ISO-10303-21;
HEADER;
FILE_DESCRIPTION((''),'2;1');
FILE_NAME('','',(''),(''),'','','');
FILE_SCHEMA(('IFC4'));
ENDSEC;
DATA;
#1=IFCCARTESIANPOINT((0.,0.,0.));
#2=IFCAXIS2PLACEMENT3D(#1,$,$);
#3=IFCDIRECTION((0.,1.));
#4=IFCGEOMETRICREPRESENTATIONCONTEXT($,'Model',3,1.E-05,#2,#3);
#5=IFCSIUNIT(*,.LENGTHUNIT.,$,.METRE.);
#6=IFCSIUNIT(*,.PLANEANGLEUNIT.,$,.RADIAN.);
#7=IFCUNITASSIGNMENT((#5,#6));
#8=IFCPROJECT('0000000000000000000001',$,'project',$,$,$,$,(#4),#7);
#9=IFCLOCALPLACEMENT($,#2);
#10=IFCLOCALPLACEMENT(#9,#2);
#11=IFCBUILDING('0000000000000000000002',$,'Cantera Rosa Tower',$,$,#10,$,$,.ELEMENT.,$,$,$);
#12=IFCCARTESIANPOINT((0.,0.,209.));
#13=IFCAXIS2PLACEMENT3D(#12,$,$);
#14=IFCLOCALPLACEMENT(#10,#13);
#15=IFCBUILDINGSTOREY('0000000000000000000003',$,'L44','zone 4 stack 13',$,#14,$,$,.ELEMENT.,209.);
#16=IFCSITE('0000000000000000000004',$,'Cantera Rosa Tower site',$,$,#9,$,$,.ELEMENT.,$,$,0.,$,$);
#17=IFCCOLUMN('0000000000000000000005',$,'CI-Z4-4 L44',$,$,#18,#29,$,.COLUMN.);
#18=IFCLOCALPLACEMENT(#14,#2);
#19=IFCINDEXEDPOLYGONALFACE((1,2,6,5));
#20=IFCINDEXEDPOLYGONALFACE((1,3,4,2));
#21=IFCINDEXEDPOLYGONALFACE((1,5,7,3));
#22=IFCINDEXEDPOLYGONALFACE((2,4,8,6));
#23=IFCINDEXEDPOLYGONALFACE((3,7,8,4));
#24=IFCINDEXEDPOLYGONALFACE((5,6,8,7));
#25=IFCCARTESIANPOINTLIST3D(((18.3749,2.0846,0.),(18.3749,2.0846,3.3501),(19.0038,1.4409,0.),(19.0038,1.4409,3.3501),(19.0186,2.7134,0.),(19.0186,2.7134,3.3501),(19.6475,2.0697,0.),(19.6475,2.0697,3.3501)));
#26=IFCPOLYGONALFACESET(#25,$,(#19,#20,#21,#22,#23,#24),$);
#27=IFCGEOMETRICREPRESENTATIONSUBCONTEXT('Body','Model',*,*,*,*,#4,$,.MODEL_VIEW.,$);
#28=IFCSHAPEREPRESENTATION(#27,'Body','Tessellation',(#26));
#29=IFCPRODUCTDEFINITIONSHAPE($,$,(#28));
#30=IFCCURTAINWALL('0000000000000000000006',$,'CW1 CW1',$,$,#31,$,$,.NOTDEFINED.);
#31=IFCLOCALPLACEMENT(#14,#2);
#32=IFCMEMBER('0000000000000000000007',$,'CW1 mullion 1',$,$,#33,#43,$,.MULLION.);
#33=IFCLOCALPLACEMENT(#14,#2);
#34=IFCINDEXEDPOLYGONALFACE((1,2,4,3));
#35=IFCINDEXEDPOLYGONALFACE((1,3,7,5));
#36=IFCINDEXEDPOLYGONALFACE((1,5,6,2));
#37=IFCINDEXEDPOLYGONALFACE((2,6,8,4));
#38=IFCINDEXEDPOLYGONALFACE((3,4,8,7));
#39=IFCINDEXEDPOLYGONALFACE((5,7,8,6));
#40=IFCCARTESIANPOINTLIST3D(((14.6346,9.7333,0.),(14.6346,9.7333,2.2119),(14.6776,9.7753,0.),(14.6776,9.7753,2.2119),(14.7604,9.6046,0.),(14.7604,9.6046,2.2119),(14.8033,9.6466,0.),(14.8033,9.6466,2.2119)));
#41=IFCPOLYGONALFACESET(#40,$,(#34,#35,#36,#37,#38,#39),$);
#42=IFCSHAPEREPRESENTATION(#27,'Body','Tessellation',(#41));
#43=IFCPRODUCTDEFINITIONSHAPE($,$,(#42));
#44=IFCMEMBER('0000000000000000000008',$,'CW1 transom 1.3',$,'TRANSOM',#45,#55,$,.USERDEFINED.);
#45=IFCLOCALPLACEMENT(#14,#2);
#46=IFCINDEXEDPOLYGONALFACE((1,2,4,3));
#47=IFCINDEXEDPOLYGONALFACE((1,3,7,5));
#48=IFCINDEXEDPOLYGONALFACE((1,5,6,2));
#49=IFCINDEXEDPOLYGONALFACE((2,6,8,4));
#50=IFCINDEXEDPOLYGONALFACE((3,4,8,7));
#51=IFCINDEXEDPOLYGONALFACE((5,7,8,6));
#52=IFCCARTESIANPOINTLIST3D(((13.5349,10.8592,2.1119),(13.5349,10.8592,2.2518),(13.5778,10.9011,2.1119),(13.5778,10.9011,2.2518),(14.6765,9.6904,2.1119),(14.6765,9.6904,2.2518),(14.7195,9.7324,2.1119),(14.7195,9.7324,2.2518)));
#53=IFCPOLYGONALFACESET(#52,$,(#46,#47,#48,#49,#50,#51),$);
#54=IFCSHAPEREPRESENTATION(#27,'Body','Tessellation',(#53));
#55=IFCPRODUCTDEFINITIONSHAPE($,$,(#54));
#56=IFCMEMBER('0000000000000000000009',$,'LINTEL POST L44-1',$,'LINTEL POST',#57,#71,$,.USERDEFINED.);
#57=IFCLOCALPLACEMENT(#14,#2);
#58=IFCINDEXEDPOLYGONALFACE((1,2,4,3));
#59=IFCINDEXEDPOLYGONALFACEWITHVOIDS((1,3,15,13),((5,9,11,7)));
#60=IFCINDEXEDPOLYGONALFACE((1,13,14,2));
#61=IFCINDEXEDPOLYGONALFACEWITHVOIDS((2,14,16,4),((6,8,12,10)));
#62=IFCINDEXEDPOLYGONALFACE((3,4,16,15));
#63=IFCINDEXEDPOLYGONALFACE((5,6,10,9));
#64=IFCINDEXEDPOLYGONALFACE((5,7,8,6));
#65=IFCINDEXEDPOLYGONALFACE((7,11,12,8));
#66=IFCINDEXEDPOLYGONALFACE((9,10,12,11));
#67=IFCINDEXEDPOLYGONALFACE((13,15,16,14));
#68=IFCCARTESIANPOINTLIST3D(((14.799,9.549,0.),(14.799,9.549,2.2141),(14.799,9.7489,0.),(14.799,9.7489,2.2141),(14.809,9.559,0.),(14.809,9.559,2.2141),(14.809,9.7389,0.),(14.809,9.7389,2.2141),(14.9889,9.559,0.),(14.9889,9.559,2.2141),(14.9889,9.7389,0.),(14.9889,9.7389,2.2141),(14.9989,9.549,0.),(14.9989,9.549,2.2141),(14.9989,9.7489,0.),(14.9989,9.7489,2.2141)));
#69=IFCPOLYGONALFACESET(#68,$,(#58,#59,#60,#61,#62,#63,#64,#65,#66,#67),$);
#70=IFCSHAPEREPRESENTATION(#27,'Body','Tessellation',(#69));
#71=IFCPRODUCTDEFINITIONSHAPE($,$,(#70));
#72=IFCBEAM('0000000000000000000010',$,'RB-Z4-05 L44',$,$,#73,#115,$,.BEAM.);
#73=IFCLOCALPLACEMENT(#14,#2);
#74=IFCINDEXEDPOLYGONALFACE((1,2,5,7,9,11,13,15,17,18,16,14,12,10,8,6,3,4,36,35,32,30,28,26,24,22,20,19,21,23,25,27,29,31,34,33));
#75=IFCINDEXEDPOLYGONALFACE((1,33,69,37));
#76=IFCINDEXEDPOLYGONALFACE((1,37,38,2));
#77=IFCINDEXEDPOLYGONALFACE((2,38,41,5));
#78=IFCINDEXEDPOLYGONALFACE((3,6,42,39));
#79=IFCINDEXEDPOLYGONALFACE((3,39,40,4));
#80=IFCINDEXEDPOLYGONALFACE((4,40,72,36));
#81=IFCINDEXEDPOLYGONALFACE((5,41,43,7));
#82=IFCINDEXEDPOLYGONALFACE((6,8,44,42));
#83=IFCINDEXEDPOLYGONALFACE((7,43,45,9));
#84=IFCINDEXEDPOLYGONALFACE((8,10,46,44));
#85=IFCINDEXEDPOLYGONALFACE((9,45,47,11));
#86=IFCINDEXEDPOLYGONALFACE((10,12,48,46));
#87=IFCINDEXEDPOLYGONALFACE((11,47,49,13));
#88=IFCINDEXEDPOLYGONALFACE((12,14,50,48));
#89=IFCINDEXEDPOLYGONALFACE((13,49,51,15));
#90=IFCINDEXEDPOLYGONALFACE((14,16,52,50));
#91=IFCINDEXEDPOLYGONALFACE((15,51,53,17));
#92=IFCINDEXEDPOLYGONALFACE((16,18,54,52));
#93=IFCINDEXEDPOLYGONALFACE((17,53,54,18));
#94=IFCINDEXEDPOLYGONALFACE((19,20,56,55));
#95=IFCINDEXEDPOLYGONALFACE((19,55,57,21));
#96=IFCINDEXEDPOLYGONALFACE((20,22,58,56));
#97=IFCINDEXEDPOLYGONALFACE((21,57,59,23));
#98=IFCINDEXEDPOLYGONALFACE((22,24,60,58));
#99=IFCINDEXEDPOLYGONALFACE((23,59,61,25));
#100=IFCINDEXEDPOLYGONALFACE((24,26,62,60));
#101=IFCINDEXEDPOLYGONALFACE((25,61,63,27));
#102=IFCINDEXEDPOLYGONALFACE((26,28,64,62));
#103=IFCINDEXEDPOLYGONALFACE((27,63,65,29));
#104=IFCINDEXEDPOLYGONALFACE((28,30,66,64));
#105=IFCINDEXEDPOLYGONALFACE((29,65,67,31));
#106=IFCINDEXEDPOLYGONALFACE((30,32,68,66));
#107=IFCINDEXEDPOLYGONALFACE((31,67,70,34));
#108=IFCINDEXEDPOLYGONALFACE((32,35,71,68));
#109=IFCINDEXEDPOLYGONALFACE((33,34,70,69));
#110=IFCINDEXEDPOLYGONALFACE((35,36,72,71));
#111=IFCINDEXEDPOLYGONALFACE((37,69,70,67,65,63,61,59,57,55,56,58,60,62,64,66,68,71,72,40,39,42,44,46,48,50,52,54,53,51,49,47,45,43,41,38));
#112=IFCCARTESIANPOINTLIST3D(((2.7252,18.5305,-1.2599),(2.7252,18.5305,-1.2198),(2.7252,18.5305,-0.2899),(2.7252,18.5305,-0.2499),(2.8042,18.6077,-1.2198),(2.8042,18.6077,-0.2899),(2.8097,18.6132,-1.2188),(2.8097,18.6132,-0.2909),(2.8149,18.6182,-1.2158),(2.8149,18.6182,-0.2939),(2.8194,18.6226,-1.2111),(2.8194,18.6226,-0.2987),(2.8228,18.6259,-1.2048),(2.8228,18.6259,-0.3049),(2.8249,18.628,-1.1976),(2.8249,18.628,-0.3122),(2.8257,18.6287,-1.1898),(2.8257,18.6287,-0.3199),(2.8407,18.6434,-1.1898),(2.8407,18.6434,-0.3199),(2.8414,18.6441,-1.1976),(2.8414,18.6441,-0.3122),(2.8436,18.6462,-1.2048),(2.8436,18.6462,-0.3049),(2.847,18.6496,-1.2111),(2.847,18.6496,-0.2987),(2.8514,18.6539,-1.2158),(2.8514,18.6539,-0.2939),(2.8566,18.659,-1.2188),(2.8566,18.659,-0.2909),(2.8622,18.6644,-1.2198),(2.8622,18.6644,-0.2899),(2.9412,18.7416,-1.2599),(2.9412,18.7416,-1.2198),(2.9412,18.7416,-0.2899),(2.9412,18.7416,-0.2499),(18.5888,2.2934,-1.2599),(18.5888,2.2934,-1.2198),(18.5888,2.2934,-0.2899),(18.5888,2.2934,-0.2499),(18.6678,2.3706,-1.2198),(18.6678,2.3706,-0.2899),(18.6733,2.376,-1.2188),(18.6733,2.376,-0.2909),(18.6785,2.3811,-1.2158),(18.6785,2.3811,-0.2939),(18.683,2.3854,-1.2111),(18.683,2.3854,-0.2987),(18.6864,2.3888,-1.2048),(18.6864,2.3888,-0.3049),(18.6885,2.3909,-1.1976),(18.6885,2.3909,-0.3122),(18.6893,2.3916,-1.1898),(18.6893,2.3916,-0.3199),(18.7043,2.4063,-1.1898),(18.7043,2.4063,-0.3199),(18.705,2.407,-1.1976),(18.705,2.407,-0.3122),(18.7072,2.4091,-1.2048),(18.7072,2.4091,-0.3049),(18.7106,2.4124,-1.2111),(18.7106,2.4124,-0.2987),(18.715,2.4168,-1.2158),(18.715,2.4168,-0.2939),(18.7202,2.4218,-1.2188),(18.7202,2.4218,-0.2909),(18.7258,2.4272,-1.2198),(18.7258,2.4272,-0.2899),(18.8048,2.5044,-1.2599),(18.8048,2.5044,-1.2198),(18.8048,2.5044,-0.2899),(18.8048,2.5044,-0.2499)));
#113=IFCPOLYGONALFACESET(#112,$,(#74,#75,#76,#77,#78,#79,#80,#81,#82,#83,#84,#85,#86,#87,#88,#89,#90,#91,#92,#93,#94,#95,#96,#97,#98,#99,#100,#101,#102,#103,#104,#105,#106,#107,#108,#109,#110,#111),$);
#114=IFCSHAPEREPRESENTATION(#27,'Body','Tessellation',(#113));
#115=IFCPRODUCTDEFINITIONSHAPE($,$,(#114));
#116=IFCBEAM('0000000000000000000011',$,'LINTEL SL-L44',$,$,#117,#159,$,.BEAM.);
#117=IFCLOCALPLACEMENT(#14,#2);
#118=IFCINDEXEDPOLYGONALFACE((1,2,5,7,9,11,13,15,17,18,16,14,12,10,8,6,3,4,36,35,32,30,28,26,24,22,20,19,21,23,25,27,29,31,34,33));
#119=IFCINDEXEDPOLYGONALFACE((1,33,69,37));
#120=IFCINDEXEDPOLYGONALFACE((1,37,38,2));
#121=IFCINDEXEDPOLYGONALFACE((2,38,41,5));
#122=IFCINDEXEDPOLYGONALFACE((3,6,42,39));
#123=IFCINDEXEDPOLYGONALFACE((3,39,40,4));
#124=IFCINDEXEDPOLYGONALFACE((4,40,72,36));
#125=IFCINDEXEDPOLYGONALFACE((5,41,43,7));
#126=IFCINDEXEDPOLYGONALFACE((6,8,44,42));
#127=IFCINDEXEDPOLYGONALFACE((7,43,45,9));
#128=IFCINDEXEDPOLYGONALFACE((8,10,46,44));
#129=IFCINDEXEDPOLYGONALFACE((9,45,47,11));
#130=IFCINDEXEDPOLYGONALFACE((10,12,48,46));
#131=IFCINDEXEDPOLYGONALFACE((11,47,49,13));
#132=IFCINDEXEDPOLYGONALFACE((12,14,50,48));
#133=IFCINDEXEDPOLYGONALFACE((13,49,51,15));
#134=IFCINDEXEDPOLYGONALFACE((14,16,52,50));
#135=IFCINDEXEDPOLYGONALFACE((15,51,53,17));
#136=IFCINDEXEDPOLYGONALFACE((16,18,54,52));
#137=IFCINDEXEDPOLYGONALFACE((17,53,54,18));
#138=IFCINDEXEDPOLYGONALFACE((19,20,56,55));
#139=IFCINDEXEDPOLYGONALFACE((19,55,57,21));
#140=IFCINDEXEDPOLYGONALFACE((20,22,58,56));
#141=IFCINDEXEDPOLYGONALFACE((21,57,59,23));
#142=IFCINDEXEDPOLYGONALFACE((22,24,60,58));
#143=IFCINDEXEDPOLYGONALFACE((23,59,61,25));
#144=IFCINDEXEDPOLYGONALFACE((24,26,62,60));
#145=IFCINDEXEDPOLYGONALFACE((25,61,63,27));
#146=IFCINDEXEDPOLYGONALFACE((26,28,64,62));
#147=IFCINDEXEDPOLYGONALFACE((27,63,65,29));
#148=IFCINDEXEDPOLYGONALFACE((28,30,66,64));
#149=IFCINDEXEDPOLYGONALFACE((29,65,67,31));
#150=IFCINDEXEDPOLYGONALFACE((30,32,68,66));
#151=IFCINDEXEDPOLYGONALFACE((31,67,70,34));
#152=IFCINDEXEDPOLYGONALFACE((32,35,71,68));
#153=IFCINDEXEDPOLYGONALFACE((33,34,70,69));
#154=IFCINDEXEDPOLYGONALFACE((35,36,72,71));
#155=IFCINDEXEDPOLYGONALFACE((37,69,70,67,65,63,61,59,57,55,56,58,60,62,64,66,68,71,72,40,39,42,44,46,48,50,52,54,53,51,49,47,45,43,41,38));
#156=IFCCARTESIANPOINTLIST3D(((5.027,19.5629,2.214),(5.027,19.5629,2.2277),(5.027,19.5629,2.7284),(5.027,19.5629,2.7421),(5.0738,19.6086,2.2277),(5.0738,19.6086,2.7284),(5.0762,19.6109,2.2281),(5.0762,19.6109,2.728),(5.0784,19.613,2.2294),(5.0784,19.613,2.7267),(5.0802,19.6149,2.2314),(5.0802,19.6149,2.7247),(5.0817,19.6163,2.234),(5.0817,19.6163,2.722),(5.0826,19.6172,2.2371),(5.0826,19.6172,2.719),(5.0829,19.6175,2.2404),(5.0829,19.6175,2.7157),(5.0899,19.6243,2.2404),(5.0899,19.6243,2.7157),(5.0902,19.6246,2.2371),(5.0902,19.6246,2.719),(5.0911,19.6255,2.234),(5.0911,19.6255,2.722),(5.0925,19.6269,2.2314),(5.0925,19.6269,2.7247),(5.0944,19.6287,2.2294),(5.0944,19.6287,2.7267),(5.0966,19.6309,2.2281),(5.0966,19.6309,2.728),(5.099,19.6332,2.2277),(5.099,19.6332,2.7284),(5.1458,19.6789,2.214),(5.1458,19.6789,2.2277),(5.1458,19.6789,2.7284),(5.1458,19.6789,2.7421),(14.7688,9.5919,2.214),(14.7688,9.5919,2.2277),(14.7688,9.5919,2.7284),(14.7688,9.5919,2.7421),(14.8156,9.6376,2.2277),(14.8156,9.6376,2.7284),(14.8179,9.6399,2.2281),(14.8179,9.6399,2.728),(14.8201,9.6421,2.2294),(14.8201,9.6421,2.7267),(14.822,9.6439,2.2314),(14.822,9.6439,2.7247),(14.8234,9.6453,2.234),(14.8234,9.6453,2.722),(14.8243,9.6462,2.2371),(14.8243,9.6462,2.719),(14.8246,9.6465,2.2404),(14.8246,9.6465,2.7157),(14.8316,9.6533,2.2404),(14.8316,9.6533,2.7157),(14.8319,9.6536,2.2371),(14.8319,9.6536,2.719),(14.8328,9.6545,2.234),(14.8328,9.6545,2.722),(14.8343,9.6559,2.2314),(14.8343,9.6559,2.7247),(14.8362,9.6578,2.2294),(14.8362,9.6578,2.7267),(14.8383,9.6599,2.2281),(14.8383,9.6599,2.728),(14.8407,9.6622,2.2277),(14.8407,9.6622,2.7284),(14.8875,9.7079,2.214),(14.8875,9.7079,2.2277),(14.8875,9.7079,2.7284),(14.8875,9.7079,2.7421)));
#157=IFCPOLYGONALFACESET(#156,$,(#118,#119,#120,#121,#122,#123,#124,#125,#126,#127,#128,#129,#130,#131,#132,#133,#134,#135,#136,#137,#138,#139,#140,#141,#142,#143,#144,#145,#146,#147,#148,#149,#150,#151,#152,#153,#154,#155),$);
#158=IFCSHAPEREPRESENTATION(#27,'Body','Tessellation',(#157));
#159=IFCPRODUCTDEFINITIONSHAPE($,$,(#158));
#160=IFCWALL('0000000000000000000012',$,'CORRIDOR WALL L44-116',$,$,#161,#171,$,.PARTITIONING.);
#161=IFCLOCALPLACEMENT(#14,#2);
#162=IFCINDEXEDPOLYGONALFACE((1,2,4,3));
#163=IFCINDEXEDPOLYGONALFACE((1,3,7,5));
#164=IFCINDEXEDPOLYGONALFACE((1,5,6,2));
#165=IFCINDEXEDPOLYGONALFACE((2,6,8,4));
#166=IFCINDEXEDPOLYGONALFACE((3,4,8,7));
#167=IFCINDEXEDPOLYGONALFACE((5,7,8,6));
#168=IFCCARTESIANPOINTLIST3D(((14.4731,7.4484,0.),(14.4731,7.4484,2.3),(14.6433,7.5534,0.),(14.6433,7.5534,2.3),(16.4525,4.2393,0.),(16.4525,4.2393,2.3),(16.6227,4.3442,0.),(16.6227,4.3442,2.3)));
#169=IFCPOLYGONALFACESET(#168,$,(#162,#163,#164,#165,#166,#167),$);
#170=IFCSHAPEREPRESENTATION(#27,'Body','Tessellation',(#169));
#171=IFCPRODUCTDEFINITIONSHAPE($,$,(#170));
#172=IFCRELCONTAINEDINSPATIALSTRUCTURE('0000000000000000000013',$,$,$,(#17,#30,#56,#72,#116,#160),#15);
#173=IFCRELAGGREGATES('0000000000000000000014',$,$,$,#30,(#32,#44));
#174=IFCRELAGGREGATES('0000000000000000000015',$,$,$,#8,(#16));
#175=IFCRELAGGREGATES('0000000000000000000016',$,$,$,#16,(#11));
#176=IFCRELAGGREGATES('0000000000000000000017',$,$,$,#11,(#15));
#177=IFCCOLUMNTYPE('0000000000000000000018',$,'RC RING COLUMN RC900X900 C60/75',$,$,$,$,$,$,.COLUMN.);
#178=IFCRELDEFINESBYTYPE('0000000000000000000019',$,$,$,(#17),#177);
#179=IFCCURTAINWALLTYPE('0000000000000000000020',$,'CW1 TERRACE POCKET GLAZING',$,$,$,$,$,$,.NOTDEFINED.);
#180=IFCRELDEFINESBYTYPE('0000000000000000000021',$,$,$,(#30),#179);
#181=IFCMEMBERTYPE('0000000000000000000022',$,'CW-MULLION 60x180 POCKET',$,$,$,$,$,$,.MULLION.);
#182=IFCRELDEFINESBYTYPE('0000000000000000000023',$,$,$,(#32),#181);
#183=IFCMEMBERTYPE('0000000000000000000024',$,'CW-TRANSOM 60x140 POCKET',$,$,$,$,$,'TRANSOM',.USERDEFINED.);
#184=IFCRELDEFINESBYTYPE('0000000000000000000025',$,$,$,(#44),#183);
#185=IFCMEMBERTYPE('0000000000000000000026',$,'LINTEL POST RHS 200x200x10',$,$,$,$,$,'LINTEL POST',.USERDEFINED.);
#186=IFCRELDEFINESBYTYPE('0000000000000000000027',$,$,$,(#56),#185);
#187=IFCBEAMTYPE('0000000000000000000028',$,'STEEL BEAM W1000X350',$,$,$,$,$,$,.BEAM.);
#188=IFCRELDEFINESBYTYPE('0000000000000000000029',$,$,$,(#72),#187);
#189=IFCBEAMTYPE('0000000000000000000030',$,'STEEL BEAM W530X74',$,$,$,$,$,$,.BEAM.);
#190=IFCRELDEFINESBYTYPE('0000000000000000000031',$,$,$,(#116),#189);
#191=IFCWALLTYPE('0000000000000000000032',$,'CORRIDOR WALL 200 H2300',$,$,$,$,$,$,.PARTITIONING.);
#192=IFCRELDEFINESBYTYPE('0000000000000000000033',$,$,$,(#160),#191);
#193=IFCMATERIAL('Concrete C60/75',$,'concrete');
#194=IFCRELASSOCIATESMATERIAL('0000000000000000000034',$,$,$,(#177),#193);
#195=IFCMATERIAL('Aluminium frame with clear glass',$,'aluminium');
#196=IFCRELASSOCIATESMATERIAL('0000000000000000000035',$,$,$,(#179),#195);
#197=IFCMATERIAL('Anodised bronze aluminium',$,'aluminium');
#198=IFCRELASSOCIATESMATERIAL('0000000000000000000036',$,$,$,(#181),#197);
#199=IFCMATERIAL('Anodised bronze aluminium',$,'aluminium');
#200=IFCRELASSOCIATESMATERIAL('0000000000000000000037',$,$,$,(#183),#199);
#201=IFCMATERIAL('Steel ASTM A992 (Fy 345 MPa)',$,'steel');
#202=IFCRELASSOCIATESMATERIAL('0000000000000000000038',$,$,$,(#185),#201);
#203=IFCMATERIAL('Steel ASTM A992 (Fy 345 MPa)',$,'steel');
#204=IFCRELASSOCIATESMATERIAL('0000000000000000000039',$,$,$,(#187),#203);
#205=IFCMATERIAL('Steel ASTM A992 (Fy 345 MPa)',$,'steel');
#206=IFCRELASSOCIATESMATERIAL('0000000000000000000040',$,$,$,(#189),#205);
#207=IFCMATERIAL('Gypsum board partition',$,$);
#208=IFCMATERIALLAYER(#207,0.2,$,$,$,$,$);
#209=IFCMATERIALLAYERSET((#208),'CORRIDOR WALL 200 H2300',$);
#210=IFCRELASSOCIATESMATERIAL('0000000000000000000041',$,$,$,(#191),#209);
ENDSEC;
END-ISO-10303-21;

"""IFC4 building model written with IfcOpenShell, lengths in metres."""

from ifc_helpers import new_model, si_unit, direction, frame, frame_2d, origin, origin_2d, place, context, subcontext, project, spatial, rectangle, hollow_rectangle, i_section, extrude, material, layer, layer_set, material_profile, profile_set, type_object, element, aggregate, save


model = new_model("IFC4")

# Units and contexts
model_context = context("Model", 3, precision=1e-05, world=origin(), true_north=direction((0.0, 1.0)))
body_context = subcontext(model_context, "Body", "Model", "MODEL_VIEW")
ifc_project = project(units=[si_unit("LENGTHUNIT", "METRE"), si_unit("PLANEANGLEUNIT", "RADIAN")], contexts=[model_context])

# Site, building, storey
site_placement = place(None, origin())
site = spatial("IfcSite", under=ifc_project, at=site_placement, Name="Cantera Rosa Tower site", CompositionType="ELEMENT", RefElevation=0.0)
building_placement = place(site_placement, origin())
building = spatial("IfcBuilding", under=site, at=building_placement, Name="Cantera Rosa Tower", CompositionType="ELEMENT")
storey_placement = place(building_placement, frame((0.0, 0.0, 209.0)))
storey = spatial("IfcBuildingStorey", under=building, at=storey_placement, Name="L44", Description="zone 4 stack 13", CompositionType="ELEMENT", Elevation=209.0)

# Column
ifc_material_1 = material(Name="Concrete C60/75", Category="concrete")
ifc_material_profile_1 = material_profile(ifc_material_1, rectangle(XDim=0.8999, YDim=0.8999, at=origin_2d()), Name="RC RING COLUMN RC900X900 C60/75")
ifc_profile_set_1 = profile_set([ifc_material_profile_1], Name="Concrete C60/75")
column_type = type_object("IfcColumnType", Name="RC RING COLUMN RC900X900 C60/75", PredefinedType="COLUMN", material=ifc_profile_set_1)
column_placement = place(storey_placement, frame((19.0112, 2.0771, 0.0), z_axis=(0.0, 0.0, 1.0), x_axis=(0.715286, 0.698832, 0.0)))
element("IfcColumn", 1, at=column_placement, inside=storey, type_object=column_type, Name="CI-Z4-4 L44", PredefinedType="COLUMN", context=body_context, shape_type="SweptSolid", body=[
    extrude(rectangle(XDim=0.8999, YDim=0.8999, at=origin_2d()), origin(), (0.0, 0.0, 1.0), 3.3501),
])

# Curtain wall, members
ifc_material_2 = material(Name="Aluminium frame with clear glass", Category="aluminium")
curtain_wall_type = type_object("IfcCurtainWallType", Name="CW1 TERRACE POCKET GLAZING", PredefinedType="NOTDEFINED", material=ifc_material_2)
curtain_wall_placement = place(storey_placement, origin())
curtain_wall = element("IfcCurtainWall", 2, at=curtain_wall_placement, inside=storey, type_object=curtain_wall_type, Name="CW1 CW1", PredefinedType="NOTDEFINED")
ifc_material_3 = material(Name="Anodised bronze aluminium", Category="aluminium")
ifc_material_profile_2 = material_profile(ifc_material_3, rectangle(XDim=0.0601, YDim=0.1799, at=origin_2d()), Name="CW-MULLION 60x180 POCKET")
ifc_profile_set_2 = profile_set([ifc_material_profile_2], Name="Anodised bronze aluminium")
member_type_1 = type_object("IfcMemberType", Name="CW-MULLION 60x180 POCKET", PredefinedType="MULLION", material=ifc_profile_set_2)
member_1_placement = place(storey_placement, frame((14.719, 9.6899, 0.0), z_axis=(0.0, 0.0, 1.0), x_axis=(-0.715286, -0.698832, 0.0)))
member_1 = element("IfcMember", 3, at=member_1_placement, type_object=member_type_1, Name="CW1 mullion 1", PredefinedType="MULLION", context=body_context, shape_type="SweptSolid", body=[
    extrude(rectangle(XDim=0.0601, YDim=0.1799, at=origin_2d()), origin(), (0.0, 0.0, 1.0), 2.2119),
])
ifc_material_4 = material(Name="Anodised bronze aluminium", Category="aluminium")
ifc_material_profile_3 = material_profile(ifc_material_4, rectangle(XDim=0.0601, YDim=0.1399, at=origin_2d()), Name="CW-TRANSOM 60x140 POCKET")
ifc_profile_set_3 = profile_set([ifc_material_profile_3], Name="Anodised bronze aluminium")
member_type_2 = type_object("IfcMemberType", Name="CW-TRANSOM 60x140 POCKET", ElementType="TRANSOM", PredefinedType="USERDEFINED", material=ifc_profile_set_3)
member_2_placement = place(storey_placement, frame((14.698, 9.7114, 2.1819), z_axis=(-0.698764, 0.715352, 0.0), x_axis=(-0.715352, -0.698764, 0.0)))
member_2 = element("IfcMember", 4, at=member_2_placement, type_object=member_type_2, Name="CW1 transom 1.3", ObjectType="TRANSOM", PredefinedType="USERDEFINED", context=body_context, shape_type="SweptSolid", body=[
    extrude(rectangle(XDim=0.0601, YDim=0.1399, at=origin_2d()), origin(), (0.0, 0.0, 1.0), 1.6338),
])
aggregate(curtain_wall, [member_1, member_2])

# Member
ifc_material_5 = material(Name="Steel ASTM A992 (Fy 345 MPa)", Category="steel")
ifc_material_profile_4 = material_profile(ifc_material_5, hollow_rectangle(XDim=0.2, YDim=0.2, WallThickness=0.01, at=origin_2d()), Name="LINTEL POST RHS 200x200x10")
ifc_profile_set_4 = profile_set([ifc_material_profile_4], Name="Steel ASTM A992 (Fy 345 MPa)")
member_type_3 = type_object("IfcMemberType", Name="LINTEL POST RHS 200x200x10", ElementType="LINTEL POST", PredefinedType="USERDEFINED", material=ifc_profile_set_4)
member_3_placement = place(storey_placement, frame((14.8989, 9.6489, 0.0), z_axis=(0.0, 0.0, 1.0), x_axis=(1.0, 0.0, 0.0)))
element("IfcMember", 5, at=member_3_placement, inside=storey, type_object=member_type_3, Name="LINTEL POST L44-1", ObjectType="LINTEL POST", PredefinedType="USERDEFINED", context=body_context, shape_type="SweptSolid", body=[
    extrude(hollow_rectangle(XDim=0.2, YDim=0.2, WallThickness=0.01, at=origin_2d()), origin(), (0.0, 0.0, 1.0), 2.2141),
])

# Beams
ifc_material_6 = material(Name="Steel ASTM A992 (Fy 345 MPa)", Category="steel")
ifc_material_profile_5 = material_profile(ifc_material_6, i_section(OverallWidth=0.302, OverallDepth=1.01, WebThickness=0.021, FlangeThickness=0.04, FilletRadius=0.03, at=origin_2d()), Name="W1000X350")
ifc_profile_set_5 = profile_set([ifc_material_profile_5], Name="Steel ASTM A992 (Fy 345 MPa)")
beam_type_1 = type_object("IfcBeamType", Name="STEEL BEAM W1000X350", PredefinedType="BEAM", material=ifc_profile_set_5)
beam_1_placement = place(storey_placement, frame((18.6968, 2.3989, -0.7549), z_axis=(-0.698831, 0.715287, 0.0), x_axis=(-0.715287, -0.698831, 0.0)))
element("IfcBeam", 6, at=beam_1_placement, inside=storey, type_object=beam_type_1, Name="RB-Z4-05 L44", PredefinedType="BEAM", context=body_context, shape_type="SweptSolid", body=[
    extrude(i_section(OverallWidth=0.302, OverallDepth=1.01, WebThickness=0.021, FlangeThickness=0.04, FilletRadius=0.03, at=origin_2d()), origin(), (0.0, 0.0, 1.0), 22.7002),
])
ifc_material_7 = material(Name="Steel ASTM A992 (Fy 345 MPa)", Category="steel")
ifc_material_profile_6 = material_profile(ifc_material_7, i_section(OverallWidth=0.166, OverallDepth=0.5281, WebThickness=0.0098, FlangeThickness=0.0137, FilletRadius=0.0127, at=origin_2d()), Name="W530X74")
ifc_profile_set_6 = profile_set([ifc_material_profile_6], Name="Steel ASTM A992 (Fy 345 MPa)")
beam_type_2 = type_object("IfcBeamType", Name="STEEL BEAM W530X74", PredefinedType="BEAM", material=ifc_profile_set_6)
beam_2_placement = place(storey_placement, frame((14.8281, 9.6499, 2.478), z_axis=(-0.698836, 0.715282, 0.0), x_axis=(-0.715282, -0.698836, 0.0)))
element("IfcBeam", 7, at=beam_2_placement, inside=storey, type_object=beam_type_2, Name="LINTEL SL-L44", PredefinedType="BEAM", context=body_context, shape_type="SweptSolid", body=[
    extrude(i_section(OverallWidth=0.166, OverallDepth=0.5281, WebThickness=0.0098, FlangeThickness=0.0137, FilletRadius=0.0127, at=origin_2d()), origin(), (0.0, 0.0, 1.0), 13.9399),
])

# Wall
ifc_material_8 = material(Name="Gypsum board partition")
ifc_layer_1 = layer(ifc_material_8, 0.2)
ifc_layer_set_1 = layer_set([ifc_layer_1], Name="CORRIDOR WALL 200 H2300")
wall_type_1 = type_object("IfcWallType", Name="CORRIDOR WALL 200 H2300", PredefinedType="PARTITIONING", material=ifc_layer_set_1)
wall_1_placement = place(storey_placement, frame((16.5376, 4.2917, 0.0), z_axis=(0.0, 0.0, 1.0), x_axis=(-0.524979, 0.851115, 0.0)))
element("IfcWall", 8, at=wall_1_placement, inside=storey, type_object=wall_type_1, Name="CORRIDOR WALL L44-116", PredefinedType="PARTITIONING", context=body_context, shape_type="SweptSolid", body=[
    extrude(rectangle(XDim=3.7705, YDim=0.2, at=frame_2d((1.8853, 0.0))), origin(), (0.0, 0.0, 1.0), 2.3),
])

save(model, "model.ifc")
